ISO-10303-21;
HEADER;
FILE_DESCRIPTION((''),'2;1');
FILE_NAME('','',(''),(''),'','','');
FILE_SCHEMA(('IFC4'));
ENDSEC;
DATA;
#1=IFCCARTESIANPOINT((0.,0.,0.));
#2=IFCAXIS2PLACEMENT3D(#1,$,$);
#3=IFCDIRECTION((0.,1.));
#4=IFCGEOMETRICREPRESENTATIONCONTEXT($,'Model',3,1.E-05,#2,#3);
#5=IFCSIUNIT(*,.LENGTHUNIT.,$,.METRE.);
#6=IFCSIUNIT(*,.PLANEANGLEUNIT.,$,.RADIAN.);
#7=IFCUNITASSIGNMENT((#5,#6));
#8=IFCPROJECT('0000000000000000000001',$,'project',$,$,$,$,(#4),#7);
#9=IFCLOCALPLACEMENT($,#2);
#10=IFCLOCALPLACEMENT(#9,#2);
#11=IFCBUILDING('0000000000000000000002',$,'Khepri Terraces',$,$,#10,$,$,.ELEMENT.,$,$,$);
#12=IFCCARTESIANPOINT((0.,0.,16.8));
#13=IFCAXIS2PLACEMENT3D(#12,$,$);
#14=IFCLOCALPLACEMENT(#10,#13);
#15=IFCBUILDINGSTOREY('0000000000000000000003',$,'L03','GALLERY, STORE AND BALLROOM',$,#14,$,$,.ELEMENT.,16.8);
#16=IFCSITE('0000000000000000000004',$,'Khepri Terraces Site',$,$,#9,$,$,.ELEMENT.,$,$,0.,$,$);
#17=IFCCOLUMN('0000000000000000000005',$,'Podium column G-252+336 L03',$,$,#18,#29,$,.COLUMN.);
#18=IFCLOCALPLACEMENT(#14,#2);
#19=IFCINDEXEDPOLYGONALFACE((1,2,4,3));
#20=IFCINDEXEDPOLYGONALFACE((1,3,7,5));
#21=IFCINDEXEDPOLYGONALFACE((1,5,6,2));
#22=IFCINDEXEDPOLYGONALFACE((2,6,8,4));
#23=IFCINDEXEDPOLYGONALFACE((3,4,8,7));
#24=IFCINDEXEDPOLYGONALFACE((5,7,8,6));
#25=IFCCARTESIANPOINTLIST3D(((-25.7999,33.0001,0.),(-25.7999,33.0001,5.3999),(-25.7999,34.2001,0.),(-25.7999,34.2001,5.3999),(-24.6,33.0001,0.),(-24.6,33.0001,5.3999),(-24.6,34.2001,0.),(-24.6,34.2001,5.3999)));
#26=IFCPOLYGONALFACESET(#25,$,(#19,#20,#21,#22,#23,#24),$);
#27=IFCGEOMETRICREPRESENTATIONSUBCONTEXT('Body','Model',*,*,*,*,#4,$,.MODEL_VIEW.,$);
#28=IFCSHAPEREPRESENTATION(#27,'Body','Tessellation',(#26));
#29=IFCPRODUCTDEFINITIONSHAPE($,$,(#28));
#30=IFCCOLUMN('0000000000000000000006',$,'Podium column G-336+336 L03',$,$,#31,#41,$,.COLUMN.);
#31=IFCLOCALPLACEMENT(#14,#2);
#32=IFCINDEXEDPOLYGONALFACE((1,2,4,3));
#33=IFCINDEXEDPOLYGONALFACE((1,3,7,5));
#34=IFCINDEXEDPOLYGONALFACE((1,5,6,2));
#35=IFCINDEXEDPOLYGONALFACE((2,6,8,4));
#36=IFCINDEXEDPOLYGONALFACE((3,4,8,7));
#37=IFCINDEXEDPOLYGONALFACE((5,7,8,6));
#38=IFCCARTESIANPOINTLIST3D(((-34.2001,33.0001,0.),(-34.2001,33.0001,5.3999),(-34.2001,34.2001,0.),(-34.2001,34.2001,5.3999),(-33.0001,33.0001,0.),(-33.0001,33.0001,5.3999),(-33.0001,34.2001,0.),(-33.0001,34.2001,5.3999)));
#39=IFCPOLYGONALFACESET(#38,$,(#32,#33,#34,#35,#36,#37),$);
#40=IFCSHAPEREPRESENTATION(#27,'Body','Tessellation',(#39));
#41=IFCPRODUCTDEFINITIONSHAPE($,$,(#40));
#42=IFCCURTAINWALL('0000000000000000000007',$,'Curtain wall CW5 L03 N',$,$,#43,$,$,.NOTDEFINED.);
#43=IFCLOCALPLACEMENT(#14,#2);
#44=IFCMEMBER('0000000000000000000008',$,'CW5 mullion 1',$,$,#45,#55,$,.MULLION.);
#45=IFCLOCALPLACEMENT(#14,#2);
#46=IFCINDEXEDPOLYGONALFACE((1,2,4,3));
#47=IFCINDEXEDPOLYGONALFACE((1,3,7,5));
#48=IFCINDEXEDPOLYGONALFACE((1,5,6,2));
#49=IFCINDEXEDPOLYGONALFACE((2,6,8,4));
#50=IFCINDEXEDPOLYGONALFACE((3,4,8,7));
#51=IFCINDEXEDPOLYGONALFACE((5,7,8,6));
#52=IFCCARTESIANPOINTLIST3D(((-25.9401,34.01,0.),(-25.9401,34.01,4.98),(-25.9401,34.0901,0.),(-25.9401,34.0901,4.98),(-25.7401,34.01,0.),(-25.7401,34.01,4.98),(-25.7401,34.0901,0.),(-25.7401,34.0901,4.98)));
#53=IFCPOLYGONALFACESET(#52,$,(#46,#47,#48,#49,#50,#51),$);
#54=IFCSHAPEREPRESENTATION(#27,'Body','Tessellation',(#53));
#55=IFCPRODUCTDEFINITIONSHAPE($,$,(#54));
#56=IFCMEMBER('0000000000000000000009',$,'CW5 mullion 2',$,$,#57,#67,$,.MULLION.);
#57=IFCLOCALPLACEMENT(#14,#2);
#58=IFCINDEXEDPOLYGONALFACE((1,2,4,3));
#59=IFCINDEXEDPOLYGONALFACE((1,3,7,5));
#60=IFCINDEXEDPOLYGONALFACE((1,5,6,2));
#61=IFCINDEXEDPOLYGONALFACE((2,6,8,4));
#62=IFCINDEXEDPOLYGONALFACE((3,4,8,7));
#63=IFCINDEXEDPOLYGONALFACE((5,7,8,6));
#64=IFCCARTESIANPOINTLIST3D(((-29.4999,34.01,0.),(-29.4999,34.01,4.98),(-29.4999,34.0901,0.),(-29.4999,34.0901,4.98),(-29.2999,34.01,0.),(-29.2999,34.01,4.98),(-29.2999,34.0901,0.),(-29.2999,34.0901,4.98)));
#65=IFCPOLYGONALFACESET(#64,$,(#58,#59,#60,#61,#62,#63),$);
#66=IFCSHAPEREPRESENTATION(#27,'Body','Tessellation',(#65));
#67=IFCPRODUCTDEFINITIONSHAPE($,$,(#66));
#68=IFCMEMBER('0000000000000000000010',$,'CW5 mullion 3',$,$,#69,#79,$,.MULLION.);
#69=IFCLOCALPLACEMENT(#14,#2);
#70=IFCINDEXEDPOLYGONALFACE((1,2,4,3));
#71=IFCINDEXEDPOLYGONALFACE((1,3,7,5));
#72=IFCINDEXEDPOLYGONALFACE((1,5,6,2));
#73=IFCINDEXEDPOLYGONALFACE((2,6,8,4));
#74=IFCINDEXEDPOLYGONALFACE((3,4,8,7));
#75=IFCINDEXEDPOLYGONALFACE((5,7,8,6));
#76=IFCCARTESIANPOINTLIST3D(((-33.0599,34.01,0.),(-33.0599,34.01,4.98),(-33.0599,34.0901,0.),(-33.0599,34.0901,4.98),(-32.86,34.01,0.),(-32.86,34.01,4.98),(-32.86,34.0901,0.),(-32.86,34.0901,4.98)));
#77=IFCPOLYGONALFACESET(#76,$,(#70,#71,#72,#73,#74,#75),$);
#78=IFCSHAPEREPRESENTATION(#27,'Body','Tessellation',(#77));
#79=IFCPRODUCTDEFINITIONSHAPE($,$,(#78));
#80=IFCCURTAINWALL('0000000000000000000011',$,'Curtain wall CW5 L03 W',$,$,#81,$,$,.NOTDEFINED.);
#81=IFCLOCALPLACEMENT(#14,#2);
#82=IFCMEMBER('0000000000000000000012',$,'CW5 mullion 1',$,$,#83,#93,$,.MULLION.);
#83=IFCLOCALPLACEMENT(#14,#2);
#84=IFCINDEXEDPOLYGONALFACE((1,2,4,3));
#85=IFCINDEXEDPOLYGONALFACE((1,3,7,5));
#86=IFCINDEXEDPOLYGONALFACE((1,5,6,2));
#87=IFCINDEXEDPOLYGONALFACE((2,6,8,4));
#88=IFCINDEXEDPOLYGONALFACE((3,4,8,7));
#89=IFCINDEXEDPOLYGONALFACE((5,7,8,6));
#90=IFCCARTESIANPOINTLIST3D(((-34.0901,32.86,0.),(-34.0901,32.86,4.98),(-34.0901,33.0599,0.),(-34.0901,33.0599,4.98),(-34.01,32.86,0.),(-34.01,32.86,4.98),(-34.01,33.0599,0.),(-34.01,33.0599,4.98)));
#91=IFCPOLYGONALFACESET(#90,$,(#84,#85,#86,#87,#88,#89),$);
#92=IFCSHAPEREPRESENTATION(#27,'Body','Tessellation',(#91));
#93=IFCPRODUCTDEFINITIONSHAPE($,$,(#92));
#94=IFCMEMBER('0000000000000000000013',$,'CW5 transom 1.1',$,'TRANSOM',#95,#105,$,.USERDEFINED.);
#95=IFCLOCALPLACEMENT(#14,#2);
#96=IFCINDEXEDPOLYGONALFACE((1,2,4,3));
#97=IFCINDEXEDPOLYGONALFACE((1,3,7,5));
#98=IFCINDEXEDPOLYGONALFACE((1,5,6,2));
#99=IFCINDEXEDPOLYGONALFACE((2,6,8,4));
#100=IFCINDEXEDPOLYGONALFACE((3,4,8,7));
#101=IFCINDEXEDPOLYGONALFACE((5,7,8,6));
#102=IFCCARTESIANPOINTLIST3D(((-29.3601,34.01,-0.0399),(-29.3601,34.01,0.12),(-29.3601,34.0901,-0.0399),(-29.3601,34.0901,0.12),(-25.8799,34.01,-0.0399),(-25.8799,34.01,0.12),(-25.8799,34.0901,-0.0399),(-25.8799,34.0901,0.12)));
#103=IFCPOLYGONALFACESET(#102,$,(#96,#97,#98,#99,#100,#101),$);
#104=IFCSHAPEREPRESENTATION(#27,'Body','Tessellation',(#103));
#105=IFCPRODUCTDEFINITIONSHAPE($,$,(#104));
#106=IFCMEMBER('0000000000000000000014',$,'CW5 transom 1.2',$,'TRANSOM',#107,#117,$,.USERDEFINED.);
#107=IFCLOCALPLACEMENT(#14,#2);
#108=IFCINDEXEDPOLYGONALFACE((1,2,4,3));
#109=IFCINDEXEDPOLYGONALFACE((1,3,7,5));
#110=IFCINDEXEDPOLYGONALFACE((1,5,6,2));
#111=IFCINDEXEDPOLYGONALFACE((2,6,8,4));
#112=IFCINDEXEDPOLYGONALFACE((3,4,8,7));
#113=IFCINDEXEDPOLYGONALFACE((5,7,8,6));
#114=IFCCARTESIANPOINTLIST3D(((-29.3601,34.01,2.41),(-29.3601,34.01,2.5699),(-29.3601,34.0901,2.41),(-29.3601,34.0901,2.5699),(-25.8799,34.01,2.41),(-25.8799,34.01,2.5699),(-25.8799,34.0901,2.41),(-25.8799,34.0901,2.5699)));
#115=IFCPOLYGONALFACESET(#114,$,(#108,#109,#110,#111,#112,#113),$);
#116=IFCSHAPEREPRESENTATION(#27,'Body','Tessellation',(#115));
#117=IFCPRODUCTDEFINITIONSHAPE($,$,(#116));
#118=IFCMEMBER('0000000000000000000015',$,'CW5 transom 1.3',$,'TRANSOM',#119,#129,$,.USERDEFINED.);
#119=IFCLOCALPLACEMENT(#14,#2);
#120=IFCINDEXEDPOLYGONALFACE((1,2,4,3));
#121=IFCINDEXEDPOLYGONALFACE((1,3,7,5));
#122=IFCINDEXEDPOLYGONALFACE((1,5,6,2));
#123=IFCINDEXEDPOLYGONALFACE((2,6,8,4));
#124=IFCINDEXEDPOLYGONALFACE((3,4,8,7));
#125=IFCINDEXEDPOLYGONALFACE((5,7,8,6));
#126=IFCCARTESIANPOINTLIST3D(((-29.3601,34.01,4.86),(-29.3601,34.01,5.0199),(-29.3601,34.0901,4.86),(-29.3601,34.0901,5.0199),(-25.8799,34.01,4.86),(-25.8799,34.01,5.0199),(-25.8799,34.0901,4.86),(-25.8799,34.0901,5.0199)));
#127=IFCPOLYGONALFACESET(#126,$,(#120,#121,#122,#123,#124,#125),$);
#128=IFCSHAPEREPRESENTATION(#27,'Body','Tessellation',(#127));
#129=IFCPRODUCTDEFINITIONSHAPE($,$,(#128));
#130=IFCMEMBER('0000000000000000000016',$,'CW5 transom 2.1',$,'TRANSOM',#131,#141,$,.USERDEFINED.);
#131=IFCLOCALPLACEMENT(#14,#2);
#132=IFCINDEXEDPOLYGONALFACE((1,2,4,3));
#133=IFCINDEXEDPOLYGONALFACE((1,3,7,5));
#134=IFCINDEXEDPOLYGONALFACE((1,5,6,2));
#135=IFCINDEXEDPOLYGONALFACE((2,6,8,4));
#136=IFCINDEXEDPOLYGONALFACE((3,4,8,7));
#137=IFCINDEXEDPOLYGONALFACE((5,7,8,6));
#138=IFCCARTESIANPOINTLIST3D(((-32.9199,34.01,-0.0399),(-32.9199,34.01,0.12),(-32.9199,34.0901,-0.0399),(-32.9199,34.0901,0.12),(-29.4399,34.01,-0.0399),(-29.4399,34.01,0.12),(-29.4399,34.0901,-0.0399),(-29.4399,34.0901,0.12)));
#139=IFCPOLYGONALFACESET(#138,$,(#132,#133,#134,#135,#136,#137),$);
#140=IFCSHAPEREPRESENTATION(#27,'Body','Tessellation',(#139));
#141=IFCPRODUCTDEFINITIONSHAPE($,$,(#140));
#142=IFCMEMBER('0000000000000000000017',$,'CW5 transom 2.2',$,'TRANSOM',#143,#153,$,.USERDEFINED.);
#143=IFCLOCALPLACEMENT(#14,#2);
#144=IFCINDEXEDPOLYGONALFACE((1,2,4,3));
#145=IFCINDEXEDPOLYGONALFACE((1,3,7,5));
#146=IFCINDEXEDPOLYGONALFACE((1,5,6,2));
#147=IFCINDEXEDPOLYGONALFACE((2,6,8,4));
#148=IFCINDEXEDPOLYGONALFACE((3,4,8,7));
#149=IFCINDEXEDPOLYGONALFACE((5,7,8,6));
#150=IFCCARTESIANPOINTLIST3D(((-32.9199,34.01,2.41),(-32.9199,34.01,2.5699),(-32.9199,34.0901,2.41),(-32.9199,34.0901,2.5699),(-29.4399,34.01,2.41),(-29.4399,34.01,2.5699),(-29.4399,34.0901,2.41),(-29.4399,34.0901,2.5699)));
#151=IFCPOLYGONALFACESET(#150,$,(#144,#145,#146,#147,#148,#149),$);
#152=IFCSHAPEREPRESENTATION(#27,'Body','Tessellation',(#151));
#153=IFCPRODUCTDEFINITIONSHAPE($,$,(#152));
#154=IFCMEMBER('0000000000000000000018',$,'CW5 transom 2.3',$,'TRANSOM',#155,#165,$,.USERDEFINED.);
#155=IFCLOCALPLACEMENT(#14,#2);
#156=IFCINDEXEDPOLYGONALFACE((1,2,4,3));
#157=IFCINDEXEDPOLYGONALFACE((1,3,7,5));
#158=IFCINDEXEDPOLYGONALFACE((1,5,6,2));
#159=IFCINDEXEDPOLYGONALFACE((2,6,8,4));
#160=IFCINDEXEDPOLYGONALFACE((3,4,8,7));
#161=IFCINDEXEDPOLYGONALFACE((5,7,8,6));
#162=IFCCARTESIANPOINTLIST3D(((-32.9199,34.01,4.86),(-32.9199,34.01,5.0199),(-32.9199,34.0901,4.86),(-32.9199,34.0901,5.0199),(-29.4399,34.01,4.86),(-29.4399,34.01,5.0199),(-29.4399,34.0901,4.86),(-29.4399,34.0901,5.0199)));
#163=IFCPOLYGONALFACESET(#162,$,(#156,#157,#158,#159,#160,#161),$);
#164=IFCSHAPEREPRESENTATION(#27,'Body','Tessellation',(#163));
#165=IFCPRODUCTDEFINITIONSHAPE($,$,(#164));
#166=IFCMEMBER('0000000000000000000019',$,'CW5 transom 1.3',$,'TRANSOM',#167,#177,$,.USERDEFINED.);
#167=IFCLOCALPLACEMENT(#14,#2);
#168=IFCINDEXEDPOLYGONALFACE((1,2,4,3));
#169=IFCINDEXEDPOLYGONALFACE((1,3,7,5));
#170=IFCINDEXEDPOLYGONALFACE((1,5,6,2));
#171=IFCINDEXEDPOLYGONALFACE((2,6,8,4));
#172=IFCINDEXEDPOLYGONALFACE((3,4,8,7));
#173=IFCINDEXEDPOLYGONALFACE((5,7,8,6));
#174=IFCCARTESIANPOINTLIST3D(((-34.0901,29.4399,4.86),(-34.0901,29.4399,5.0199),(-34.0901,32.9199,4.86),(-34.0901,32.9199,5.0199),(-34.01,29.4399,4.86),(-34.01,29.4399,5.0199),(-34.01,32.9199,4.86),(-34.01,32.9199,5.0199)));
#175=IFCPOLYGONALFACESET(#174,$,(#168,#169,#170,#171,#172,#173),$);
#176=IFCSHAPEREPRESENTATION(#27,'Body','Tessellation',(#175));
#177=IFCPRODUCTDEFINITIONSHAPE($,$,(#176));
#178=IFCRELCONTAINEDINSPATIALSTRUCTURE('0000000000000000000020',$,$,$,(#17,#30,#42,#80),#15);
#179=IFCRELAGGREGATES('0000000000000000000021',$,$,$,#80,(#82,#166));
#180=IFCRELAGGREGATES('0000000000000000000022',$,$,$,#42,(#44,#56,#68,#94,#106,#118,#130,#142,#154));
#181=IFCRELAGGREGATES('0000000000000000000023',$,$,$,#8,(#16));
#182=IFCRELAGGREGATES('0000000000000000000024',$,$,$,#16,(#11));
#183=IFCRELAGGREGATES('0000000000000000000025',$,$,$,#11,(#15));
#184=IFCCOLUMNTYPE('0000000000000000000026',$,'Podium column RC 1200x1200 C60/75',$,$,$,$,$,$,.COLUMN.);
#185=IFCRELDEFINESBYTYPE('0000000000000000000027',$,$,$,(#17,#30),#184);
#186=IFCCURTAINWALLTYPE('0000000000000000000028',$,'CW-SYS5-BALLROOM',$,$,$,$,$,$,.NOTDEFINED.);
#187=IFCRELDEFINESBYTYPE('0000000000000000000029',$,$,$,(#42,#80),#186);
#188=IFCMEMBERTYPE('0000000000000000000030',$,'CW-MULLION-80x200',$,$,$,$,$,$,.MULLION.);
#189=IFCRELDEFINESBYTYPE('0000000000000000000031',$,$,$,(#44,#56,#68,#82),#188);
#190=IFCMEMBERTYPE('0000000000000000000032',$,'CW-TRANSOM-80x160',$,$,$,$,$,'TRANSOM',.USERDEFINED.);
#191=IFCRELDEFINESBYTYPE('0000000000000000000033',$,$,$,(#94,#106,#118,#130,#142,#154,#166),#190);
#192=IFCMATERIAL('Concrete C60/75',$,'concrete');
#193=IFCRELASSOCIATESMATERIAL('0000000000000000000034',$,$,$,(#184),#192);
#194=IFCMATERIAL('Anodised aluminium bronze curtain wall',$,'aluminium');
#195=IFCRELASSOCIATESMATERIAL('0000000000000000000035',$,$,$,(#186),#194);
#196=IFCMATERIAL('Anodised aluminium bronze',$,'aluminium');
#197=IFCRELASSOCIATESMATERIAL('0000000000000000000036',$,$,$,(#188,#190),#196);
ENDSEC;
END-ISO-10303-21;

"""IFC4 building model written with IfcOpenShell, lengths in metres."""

from ifc_helpers import new_model, si_unit, direction, frame, origin, origin_2d, place, context, subcontext, project, spatial, rectangle, extrude, material, material_profile, profile_set, type_object, element, aggregate, save


model = new_model("IFC4")

# Units and contexts
model_context = context("Model", 3, precision=1e-05, world=origin(), true_north=direction((0.0, 1.0)))
body_context = subcontext(model_context, "Body", "Model", "MODEL_VIEW")
ifc_project = project(units=[si_unit("LENGTHUNIT", "METRE"), si_unit("PLANEANGLEUNIT", "RADIAN")], contexts=[model_context])

# Site, building, storey
site_placement = place(None, origin())
site = spatial("IfcSite", under=ifc_project, at=site_placement, Name="Khepri Terraces Site", CompositionType="ELEMENT", RefElevation=0.0)
building_placement = place(site_placement, origin())
building = spatial("IfcBuilding", under=site, at=building_placement, Name="Khepri Terraces", CompositionType="ELEMENT")
storey_placement = place(building_placement, frame((0.0, 0.0, 16.8)))
storey = spatial("IfcBuildingStorey", under=building, at=storey_placement, Name="L03", Description="GALLERY, STORE AND BALLROOM", CompositionType="ELEMENT", Elevation=16.8)

# Columns
ifc_material_1 = material(Name="Concrete C60/75", Category="concrete")
ifc_material_profile_1 = material_profile(ifc_material_1, rectangle(XDim=1.2, YDim=1.2, at=origin_2d()), Name="Concrete C60/75", Category="concrete")
ifc_profile_set_1 = profile_set([ifc_material_profile_1], Name="Concrete C60/75")
column_type = type_object("IfcColumnType", Name="Podium column RC 1200x1200 C60/75", PredefinedType="COLUMN", material=ifc_profile_set_1)
for number, where, z_axis, x_axis, name in (
    (1, (-25.2, 33.6001, 0.0), (0.0, 0.0, 1.0), (1.0, 0.0, 0.0), "Podium column G-252+336 L03"),
    (2, (-33.6001, 33.6001, 0.0), (0.0, 0.0, 1.0), (1.0, 0.0, 0.0), "Podium column G-336+336 L03"),
):
    element("IfcColumn", number, at=place(storey_placement, frame(where, z_axis=z_axis, x_axis=x_axis)), inside=storey, type_object=column_type, Name=name, PredefinedType="COLUMN", context=body_context, shape_type="SweptSolid", body=[
        extrude(rectangle(XDim=1.2, YDim=1.2, at=origin_2d()), origin(), (0.0, 0.0, 1.0), 5.3999),
    ])

# Curtain wall, members
ifc_material_2 = material(Name="Anodised aluminium bronze curtain wall", Category="aluminium")
curtain_wall_type = type_object("IfcCurtainWallType", Name="CW-SYS5-BALLROOM", PredefinedType="NOTDEFINED", material=ifc_material_2)
curtain_wall_1_placement = place(storey_placement, origin())
curtain_wall_1 = element("IfcCurtainWall", 3, at=curtain_wall_1_placement, inside=storey, type_object=curtain_wall_type, Name="Curtain wall CW5 L03 N", PredefinedType="NOTDEFINED")
ifc_material_3 = material(Name="Anodised aluminium bronze", Category="aluminium")
ifc_material_profile_2 = material_profile(ifc_material_3, rectangle(XDim=0.0801, YDim=0.2, at=origin_2d()), Name="Anodised aluminium bronze", Category="aluminium")
ifc_profile_set_2 = profile_set([ifc_material_profile_2], Name="Anodised aluminium bronze")
member_type_1 = type_object("IfcMemberType", Name="CW-MULLION-80x200", PredefinedType="MULLION", material=ifc_profile_set_2)
member_1_placement = place(storey_placement, frame((-25.8401, 34.05, 0.0), z_axis=(0.0, 0.0, 1.0), x_axis=(0.0, -1.0, 0.0)))
member_1 = element("IfcMember", 4, at=member_1_placement, type_object=member_type_1, Name="CW5 mullion 1", PredefinedType="MULLION", context=body_context, shape_type="SweptSolid", body=[
    extrude(rectangle(XDim=0.0801, YDim=0.2, at=origin_2d()), origin(), (0.0, 0.0, 1.0), 4.98),
])
member_2_placement = place(storey_placement, frame((-29.3999, 34.05, 0.0), z_axis=(0.0, 0.0, 1.0), x_axis=(0.0, -1.0, 0.0)))
member_2 = element("IfcMember", 5, at=member_2_placement, type_object=member_type_1, Name="CW5 mullion 2", PredefinedType="MULLION", context=body_context, shape_type="SweptSolid", body=[
    extrude(rectangle(XDim=0.0801, YDim=0.2, at=origin_2d()), origin(), (0.0, 0.0, 1.0), 4.98),
])
member_3_placement = place(storey_placement, frame((-32.96, 34.05, 0.0), z_axis=(0.0, 0.0, 1.0), x_axis=(0.0, -1.0, 0.0)))
member_3 = element("IfcMember", 6, at=member_3_placement, type_object=member_type_1, Name="CW5 mullion 3", PredefinedType="MULLION", context=body_context, shape_type="SweptSolid", body=[
    extrude(rectangle(XDim=0.0801, YDim=0.2, at=origin_2d()), origin(), (0.0, 0.0, 1.0), 4.98),
])

# Curtain wall, member
curtain_wall_2_placement = place(storey_placement, origin())
curtain_wall_2 = element("IfcCurtainWall", 7, at=curtain_wall_2_placement, inside=storey, type_object=curtain_wall_type, Name="Curtain wall CW5 L03 W", PredefinedType="NOTDEFINED")
member_4_placement = place(storey_placement, frame((-34.05, 32.96, 0.0), z_axis=(0.0, 0.0, 1.0), x_axis=(1.0, 0.0, 0.0)))
member_4 = element("IfcMember", 8, at=member_4_placement, type_object=member_type_1, Name="CW5 mullion 1", PredefinedType="MULLION", context=body_context, shape_type="SweptSolid", body=[
    extrude(rectangle(XDim=0.0801, YDim=0.2, at=origin_2d()), origin(), (0.0, 0.0, 1.0), 4.98),
])

# Members
ifc_material_profile_3 = material_profile(ifc_material_3, rectangle(XDim=0.0801, YDim=0.1599, at=origin_2d()), Name="Anodised aluminium bronze", Category="aluminium")
ifc_profile_set_3 = profile_set([ifc_material_profile_3], Name="Anodised aluminium bronze")
member_type_2 = type_object("IfcMemberType", Name="CW-TRANSOM-80x160", ElementType="TRANSOM", PredefinedType="USERDEFINED", material=ifc_profile_set_3)
member_5_placement = place(storey_placement, frame((-25.8799, 34.05, 0.04), z_axis=(-1.0, 0.0, 0.0), x_axis=(0.0, -1.0, 0.0)))
member_5 = element("IfcMember", 9, at=member_5_placement, type_object=member_type_2, Name="CW5 transom 1.1", ObjectType="TRANSOM", PredefinedType="USERDEFINED", context=body_context, shape_type="SweptSolid", body=[
    extrude(rectangle(XDim=0.0801, YDim=0.1599, at=origin_2d()), origin(), (0.0, 0.0, 1.0), 3.4802),
])
member_6_placement = place(storey_placement, frame((-25.8799, 34.05, 2.49), z_axis=(-1.0, 0.0, 0.0), x_axis=(0.0, -1.0, 0.0)))
member_6 = element("IfcMember", 10, at=member_6_placement, type_object=member_type_2, Name="CW5 transom 1.2", ObjectType="TRANSOM", PredefinedType="USERDEFINED", context=body_context, shape_type="SweptSolid", body=[
    extrude(rectangle(XDim=0.0801, YDim=0.1599, at=origin_2d()), origin(), (0.0, 0.0, 1.0), 3.4802),
])
member_7_placement = place(storey_placement, frame((-25.8799, 34.05, 4.9399), z_axis=(-1.0, 0.0, 0.0), x_axis=(0.0, -1.0, 0.0)))
member_7 = element("IfcMember", 11, at=member_7_placement, type_object=member_type_2, Name="CW5 transom 1.3", ObjectType="TRANSOM", PredefinedType="USERDEFINED", context=body_context, shape_type="SweptSolid", body=[
    extrude(rectangle(XDim=0.0801, YDim=0.1599, at=origin_2d()), origin(), (0.0, 0.0, 1.0), 3.4802),
])
member_8_placement = place(storey_placement, frame((-29.4399, 34.05, 0.04), z_axis=(-1.0, 0.0, 0.0), x_axis=(0.0, -1.0, 0.0)))
member_8 = element("IfcMember", 12, at=member_8_placement, type_object=member_type_2, Name="CW5 transom 2.1", ObjectType="TRANSOM", PredefinedType="USERDEFINED", context=body_context, shape_type="SweptSolid", body=[
    extrude(rectangle(XDim=0.0801, YDim=0.1599, at=origin_2d()), origin(), (0.0, 0.0, 1.0), 3.48),
])
member_9_placement = place(storey_placement, frame((-29.4399, 34.05, 2.49), z_axis=(-1.0, 0.0, 0.0), x_axis=(0.0, -1.0, 0.0)))
member_9 = element("IfcMember", 13, at=member_9_placement, type_object=member_type_2, Name="CW5 transom 2.2", ObjectType="TRANSOM", PredefinedType="USERDEFINED", context=body_context, shape_type="SweptSolid", body=[
    extrude(rectangle(XDim=0.0801, YDim=0.1599, at=origin_2d()), origin(), (0.0, 0.0, 1.0), 3.48),
])
member_10_placement = place(storey_placement, frame((-29.4399, 34.05, 4.9399), z_axis=(-1.0, 0.0, 0.0), x_axis=(0.0, -1.0, 0.0)))
member_10 = element("IfcMember", 14, at=member_10_placement, type_object=member_type_2, Name="CW5 transom 2.3", ObjectType="TRANSOM", PredefinedType="USERDEFINED", context=body_context, shape_type="SweptSolid", body=[
    extrude(rectangle(XDim=0.0801, YDim=0.1599, at=origin_2d()), origin(), (0.0, 0.0, 1.0), 3.48),
])
member_11_placement = place(storey_placement, frame((-34.05, 32.9199, 4.9399), z_axis=(0.0, -1.0, 0.0), x_axis=(1.0, 0.0, 0.0)))
member_11 = element("IfcMember", 15, at=member_11_placement, type_object=member_type_2, Name="CW5 transom 1.3", ObjectType="TRANSOM", PredefinedType="USERDEFINED", context=body_context, shape_type="SweptSolid", body=[
    extrude(rectangle(XDim=0.0801, YDim=0.1599, at=origin_2d()), origin(), (0.0, 0.0, 1.0), 3.48),
])
aggregate(curtain_wall_2, [member_4, member_11])

aggregate(curtain_wall_1, [member_1, member_2, member_3, member_5, member_6, member_7, member_8, member_9, member_10])

save(model, "model.ifc")
